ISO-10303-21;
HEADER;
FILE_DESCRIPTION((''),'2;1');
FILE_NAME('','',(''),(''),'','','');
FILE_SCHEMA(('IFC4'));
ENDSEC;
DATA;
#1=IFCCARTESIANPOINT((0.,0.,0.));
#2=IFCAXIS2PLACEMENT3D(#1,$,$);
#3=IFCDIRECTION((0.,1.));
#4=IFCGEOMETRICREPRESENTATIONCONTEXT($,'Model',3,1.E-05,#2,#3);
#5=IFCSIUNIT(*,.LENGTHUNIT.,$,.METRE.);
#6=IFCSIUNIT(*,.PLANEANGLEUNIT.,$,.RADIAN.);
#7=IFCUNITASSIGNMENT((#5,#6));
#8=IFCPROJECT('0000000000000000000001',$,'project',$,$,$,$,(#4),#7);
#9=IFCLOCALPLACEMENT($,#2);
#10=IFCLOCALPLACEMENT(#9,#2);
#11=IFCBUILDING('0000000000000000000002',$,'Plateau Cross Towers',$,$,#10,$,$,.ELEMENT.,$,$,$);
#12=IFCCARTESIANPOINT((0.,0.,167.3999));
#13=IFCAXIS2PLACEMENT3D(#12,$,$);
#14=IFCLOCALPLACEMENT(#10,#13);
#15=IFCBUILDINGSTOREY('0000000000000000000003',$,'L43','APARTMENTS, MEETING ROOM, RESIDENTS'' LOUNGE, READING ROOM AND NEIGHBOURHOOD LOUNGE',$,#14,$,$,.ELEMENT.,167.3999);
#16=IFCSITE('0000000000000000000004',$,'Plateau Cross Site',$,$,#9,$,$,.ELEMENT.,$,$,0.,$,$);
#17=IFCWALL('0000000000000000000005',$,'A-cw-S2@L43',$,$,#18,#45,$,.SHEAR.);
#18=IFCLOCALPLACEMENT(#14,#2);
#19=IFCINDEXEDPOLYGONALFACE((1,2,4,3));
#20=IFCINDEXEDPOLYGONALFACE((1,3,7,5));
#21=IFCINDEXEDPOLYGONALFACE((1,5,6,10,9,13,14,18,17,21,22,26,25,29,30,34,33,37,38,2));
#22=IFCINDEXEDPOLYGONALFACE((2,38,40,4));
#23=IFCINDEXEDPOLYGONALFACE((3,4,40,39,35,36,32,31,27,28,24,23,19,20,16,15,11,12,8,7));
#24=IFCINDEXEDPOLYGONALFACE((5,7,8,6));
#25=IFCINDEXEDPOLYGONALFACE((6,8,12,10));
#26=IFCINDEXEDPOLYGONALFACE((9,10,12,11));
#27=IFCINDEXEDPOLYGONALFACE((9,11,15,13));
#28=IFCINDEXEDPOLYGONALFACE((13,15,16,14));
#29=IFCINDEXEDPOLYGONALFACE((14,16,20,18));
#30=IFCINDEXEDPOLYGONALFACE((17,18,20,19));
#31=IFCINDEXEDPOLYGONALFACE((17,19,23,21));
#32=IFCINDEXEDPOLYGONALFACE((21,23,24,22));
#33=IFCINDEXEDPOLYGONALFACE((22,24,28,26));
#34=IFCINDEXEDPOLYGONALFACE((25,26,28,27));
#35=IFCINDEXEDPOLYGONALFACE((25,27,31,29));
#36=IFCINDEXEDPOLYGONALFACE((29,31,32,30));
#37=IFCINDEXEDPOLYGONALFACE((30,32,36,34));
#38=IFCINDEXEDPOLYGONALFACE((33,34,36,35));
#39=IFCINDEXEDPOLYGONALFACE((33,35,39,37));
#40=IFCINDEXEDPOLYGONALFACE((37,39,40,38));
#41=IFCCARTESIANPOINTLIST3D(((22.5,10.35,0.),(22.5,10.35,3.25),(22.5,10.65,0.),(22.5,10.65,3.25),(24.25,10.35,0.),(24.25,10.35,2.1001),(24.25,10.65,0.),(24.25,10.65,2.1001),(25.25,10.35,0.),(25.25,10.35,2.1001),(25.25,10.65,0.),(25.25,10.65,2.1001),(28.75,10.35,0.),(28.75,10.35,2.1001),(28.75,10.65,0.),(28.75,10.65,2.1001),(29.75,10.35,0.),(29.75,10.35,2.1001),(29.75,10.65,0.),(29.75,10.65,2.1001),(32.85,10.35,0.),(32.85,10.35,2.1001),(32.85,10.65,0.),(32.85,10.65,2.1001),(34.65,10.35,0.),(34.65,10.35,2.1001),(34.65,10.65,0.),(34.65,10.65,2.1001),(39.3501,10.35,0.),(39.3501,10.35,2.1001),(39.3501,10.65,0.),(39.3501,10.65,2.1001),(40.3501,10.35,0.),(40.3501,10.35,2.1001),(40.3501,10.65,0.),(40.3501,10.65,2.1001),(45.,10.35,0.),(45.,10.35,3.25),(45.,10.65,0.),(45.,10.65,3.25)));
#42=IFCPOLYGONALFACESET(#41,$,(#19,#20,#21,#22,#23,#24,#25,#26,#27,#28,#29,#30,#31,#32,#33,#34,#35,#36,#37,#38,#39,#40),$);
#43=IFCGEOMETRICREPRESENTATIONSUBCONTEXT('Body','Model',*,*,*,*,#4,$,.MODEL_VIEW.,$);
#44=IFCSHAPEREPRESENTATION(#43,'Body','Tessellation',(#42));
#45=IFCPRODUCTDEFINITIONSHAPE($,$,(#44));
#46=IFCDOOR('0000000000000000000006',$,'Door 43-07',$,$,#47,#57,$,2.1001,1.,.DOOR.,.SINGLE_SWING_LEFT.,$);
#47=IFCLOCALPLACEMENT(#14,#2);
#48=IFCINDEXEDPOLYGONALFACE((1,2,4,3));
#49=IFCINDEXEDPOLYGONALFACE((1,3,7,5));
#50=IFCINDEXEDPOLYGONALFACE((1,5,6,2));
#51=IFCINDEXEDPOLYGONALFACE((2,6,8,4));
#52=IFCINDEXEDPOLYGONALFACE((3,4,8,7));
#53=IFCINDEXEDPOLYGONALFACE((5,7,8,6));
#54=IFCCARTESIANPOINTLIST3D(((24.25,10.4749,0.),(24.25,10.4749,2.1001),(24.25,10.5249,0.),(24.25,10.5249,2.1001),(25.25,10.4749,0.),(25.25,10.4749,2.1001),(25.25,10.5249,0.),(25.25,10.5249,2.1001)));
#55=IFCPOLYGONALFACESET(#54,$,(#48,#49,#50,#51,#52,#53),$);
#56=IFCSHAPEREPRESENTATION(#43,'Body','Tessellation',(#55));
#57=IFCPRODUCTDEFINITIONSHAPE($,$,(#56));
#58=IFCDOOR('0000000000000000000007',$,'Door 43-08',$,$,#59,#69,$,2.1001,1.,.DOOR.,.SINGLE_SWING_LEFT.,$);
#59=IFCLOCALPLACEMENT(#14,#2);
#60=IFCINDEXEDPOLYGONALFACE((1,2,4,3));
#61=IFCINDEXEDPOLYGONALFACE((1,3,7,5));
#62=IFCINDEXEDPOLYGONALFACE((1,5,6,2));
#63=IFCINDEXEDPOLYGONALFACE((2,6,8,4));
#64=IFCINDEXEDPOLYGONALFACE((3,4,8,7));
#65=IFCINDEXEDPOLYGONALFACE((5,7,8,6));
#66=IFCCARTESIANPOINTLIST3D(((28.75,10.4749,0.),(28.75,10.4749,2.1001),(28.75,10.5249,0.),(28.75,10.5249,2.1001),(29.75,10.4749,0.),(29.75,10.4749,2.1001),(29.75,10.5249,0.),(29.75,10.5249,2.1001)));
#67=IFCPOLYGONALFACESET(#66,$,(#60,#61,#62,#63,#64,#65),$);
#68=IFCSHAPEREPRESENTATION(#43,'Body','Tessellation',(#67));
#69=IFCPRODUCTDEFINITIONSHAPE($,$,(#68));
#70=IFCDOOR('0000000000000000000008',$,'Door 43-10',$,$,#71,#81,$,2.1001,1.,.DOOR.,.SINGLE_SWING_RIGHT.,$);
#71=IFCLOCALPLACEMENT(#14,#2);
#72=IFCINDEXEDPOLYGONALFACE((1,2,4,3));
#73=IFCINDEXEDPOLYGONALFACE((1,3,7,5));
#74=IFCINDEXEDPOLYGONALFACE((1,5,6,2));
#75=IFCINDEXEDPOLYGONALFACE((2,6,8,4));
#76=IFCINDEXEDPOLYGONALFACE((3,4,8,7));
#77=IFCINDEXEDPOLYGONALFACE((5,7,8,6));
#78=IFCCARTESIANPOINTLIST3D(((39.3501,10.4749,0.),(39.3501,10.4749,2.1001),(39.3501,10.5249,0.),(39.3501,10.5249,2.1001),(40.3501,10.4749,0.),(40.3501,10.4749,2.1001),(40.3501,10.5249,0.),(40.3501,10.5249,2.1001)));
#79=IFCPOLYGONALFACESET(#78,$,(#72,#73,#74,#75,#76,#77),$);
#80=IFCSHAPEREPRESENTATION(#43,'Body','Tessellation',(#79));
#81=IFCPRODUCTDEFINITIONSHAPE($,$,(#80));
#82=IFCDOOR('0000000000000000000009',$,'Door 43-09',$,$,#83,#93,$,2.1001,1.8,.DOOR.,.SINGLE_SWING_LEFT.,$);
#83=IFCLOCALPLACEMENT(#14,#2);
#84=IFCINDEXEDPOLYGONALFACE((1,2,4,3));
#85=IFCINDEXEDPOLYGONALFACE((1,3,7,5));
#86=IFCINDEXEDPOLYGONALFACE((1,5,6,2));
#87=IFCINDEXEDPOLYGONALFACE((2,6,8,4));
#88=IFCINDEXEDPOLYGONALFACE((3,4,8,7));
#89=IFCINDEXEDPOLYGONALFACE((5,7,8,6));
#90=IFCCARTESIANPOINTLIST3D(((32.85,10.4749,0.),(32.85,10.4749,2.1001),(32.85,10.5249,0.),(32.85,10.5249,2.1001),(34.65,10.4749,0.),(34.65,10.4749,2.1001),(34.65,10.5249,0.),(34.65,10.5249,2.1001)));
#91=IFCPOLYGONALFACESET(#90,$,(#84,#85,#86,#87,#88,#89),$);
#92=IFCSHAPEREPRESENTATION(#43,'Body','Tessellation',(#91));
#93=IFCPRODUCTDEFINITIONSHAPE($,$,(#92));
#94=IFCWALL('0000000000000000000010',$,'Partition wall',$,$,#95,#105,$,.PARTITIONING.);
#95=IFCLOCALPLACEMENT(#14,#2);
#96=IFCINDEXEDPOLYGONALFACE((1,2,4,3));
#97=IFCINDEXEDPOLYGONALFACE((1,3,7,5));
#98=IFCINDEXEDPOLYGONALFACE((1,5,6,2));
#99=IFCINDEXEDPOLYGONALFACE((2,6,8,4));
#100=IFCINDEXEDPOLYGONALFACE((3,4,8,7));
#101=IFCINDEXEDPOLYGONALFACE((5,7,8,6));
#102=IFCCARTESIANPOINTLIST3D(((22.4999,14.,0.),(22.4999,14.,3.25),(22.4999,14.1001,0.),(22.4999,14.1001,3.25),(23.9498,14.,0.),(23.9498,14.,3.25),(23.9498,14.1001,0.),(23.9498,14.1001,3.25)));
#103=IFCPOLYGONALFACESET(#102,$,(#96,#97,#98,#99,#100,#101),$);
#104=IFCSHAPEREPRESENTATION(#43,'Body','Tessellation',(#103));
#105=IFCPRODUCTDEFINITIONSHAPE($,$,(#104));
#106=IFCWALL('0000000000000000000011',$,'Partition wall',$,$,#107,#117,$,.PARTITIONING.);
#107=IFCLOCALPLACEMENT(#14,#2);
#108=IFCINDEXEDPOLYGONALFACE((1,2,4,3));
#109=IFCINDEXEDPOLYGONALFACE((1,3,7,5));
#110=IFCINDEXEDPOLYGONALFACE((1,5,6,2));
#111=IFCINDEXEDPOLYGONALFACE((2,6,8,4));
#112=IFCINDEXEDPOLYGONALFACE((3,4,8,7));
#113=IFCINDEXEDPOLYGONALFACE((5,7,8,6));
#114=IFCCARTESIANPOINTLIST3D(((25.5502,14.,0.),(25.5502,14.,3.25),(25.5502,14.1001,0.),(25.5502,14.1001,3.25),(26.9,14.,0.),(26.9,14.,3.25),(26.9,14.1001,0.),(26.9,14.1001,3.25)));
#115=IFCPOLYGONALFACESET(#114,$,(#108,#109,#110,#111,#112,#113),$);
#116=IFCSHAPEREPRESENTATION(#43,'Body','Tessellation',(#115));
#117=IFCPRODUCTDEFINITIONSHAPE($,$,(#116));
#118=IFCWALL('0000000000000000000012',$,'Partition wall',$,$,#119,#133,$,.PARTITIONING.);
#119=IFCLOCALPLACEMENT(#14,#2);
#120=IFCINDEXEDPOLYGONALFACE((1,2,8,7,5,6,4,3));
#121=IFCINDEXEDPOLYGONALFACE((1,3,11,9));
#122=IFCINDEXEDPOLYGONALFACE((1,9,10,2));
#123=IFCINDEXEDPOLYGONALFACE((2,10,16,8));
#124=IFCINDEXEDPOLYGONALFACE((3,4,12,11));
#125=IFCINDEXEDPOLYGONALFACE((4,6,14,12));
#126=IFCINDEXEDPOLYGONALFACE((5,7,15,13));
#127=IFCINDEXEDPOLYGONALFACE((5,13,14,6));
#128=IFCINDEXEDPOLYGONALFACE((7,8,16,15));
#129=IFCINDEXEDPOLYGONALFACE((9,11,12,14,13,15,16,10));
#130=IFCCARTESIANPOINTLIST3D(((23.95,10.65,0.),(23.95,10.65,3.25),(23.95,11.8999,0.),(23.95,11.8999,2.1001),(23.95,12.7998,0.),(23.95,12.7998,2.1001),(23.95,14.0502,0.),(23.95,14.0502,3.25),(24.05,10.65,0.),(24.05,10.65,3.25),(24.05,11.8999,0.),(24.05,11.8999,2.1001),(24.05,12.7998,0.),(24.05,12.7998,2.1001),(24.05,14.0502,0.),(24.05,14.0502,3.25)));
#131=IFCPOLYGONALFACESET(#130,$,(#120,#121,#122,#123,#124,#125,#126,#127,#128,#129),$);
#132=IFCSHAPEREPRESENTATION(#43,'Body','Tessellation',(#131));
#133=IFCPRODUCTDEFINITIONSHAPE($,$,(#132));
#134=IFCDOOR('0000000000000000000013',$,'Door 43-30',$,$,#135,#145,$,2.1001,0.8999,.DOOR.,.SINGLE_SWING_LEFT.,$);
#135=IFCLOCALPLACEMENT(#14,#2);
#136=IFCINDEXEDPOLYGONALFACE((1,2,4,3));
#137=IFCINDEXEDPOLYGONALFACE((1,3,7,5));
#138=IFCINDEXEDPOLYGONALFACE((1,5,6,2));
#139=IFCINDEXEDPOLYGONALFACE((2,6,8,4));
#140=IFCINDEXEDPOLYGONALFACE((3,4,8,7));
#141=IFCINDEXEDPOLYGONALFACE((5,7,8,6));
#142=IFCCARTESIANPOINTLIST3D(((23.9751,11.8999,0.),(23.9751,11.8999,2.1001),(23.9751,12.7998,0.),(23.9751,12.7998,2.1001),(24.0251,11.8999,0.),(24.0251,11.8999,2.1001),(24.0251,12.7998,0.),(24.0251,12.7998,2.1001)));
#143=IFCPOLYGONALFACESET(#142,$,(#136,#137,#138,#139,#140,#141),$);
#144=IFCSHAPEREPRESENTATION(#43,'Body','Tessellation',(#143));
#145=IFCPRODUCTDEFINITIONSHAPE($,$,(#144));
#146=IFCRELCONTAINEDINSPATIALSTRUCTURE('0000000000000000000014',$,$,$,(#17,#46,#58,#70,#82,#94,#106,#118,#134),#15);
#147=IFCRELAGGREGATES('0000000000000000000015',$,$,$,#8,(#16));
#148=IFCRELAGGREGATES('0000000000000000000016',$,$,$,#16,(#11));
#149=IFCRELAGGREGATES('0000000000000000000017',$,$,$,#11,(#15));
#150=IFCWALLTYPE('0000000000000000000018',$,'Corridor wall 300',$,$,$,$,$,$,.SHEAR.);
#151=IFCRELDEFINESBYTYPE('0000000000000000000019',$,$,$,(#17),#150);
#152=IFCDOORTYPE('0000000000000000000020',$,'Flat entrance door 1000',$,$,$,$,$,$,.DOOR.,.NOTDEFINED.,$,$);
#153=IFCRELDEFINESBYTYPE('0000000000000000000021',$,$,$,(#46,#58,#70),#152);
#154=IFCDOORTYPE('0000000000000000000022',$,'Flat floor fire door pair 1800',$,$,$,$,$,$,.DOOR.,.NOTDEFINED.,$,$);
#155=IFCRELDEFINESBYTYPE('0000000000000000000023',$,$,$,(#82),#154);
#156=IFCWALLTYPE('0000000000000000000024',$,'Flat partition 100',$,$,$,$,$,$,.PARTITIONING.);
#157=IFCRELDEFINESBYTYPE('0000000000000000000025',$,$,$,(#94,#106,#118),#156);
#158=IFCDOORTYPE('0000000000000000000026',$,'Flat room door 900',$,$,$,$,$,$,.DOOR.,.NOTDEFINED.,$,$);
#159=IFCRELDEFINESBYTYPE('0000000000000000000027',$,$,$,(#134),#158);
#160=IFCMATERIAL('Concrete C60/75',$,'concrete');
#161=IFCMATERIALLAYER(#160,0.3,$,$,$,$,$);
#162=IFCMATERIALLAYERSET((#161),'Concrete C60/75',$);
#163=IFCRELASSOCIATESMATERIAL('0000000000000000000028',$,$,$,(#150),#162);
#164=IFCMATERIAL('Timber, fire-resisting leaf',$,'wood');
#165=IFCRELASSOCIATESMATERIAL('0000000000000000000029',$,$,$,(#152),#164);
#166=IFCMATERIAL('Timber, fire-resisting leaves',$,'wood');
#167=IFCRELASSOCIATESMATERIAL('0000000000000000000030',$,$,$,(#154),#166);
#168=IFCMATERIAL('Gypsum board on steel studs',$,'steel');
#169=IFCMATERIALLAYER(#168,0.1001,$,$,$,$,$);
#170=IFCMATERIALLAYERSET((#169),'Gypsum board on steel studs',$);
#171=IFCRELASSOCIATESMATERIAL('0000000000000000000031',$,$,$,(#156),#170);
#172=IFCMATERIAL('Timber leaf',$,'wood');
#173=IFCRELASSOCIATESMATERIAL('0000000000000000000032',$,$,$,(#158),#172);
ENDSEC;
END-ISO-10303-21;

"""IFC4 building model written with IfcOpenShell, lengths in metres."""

from ifc_helpers import new_model, si_unit, direction, frame, frame_2d, origin, place, context, subcontext, project, spatial, rectangle, extrude, material, layer, layer_set, type_object, element, fill, save


model = new_model("IFC4")

# Units and contexts
model_context = context("Model", 3, precision=1e-05, world=origin(), true_north=direction((0.0, 1.0)))
body_context = subcontext(model_context, "Body", "Model", "MODEL_VIEW")
ifc_project = project(units=[si_unit("LENGTHUNIT", "METRE"), si_unit("PLANEANGLEUNIT", "RADIAN")], contexts=[model_context])

# Site, building, storey
site_placement = place(None, origin())
site = spatial("IfcSite", under=ifc_project, at=site_placement, Name="Plateau Cross Site", CompositionType="ELEMENT", RefElevation=0.0)
building_placement = place(site_placement, origin())
building = spatial("IfcBuilding", under=site, at=building_placement, Name="Plateau Cross Towers", CompositionType="ELEMENT")
storey_placement = place(building_placement, frame((0.0, 0.0, 167.3999)))
storey = spatial("IfcBuildingStorey", under=building, at=storey_placement, Name="L43", Description="APARTMENTS, MEETING ROOM, RESIDENTS' LOUNGE, READING ROOM AND NEIGHBOURHOOD LOUNGE", CompositionType="ELEMENT", Elevation=167.3999)

# Shared definitions
ifc_material_1 = material(Name="Concrete C60/75", Category="concrete")

# Wall, openings, doors
ifc_layer_1 = layer(ifc_material_1, 0.3)
ifc_layer_set_1 = layer_set([ifc_layer_1], Name="Concrete C60/75")
wall_type_1 = type_object("IfcWallType", Name="Corridor wall 300", PredefinedType="SHEAR", material=ifc_layer_set_1)
ifc_material_2 = material(Name="Timber, fire-resisting leaf", Category="wood")
door_type_1 = type_object("IfcDoorType", Name="Flat entrance door 1000", OperationType="NOTDEFINED", PredefinedType="DOOR", material=ifc_material_2)
wall_1_placement = place(storey_placement, frame((22.5, 10.5, 0.0), z_axis=(0.0, 0.0, 1.0), x_axis=(1.0, 0.0, 0.0)))
wall_1 = element("IfcWall", 1, at=wall_1_placement, inside=storey, type_object=wall_type_1, Name="A-cw-S2@L43", PredefinedType="SHEAR", context=body_context, shape_type="SweptSolid", body=[
    extrude(rectangle(XDim=22.5, YDim=0.3, at=frame_2d((11.25, 0.0))), origin(), (0.0, 0.0, 1.0), 3.25),
])
opening_1_placement = place(wall_1_placement, frame((1.75, 0.0, 0.0)))
opening_1 = element("IfcOpeningElement", 2, at=opening_1_placement, cuts=wall_1, PredefinedType="OPENING", context=body_context, shape_type="SweptSolid", body=[
    extrude(rectangle(XDim=1.0, YDim=2.1001, at=frame_2d((0.5, 1.05))), frame((0.0, 0.1599, 0.0), z_axis=(0.0, -1.0, 0.0), x_axis=(1.0, 0.0, 0.0)), (0.0, 0.0, 1.0), 0.3201),
])
opening_2_placement = place(wall_1_placement, frame((6.25, 0.0, 0.0)))
opening_2 = element("IfcOpeningElement", 3, at=opening_2_placement, cuts=wall_1, PredefinedType="OPENING", context=body_context, shape_type="SweptSolid", body=[
    extrude(rectangle(XDim=1.0, YDim=2.1001, at=frame_2d((0.5, 1.05))), frame((0.0, 0.1599, 0.0), z_axis=(0.0, -1.0, 0.0), x_axis=(1.0, 0.0, 0.0)), (0.0, 0.0, 1.0), 0.3201),
])
opening_3_placement = place(wall_1_placement, frame((10.3501, 0.0, 0.0)))
opening_3 = element("IfcOpeningElement", 4, at=opening_3_placement, cuts=wall_1, PredefinedType="OPENING", context=body_context, shape_type="SweptSolid", body=[
    extrude(rectangle(XDim=1.8, YDim=2.1001, at=frame_2d((0.8999, 1.05))), frame((0.0, 0.1599, 0.0), z_axis=(0.0, -1.0, 0.0), x_axis=(1.0, 0.0, 0.0)), (0.0, 0.0, 1.0), 0.3201),
])
opening_4_placement = place(wall_1_placement, frame((16.8501, 0.0, 0.0)))
opening_4 = element("IfcOpeningElement", 5, at=opening_4_placement, cuts=wall_1, PredefinedType="OPENING", context=body_context, shape_type="SweptSolid", body=[
    extrude(rectangle(XDim=1.0, YDim=2.1001, at=frame_2d((0.5, 1.05))), frame((0.0, 0.1599, 0.0), z_axis=(0.0, -1.0, 0.0), x_axis=(1.0, 0.0, 0.0)), (0.0, 0.0, 1.0), 0.3201),
])
door_1_placement = place(opening_1_placement, origin())
door_1 = element("IfcDoor", 6, at=door_1_placement, inside=storey, type_object=door_type_1, Name="Door 43-07", OperationType="SINGLE_SWING_LEFT", OverallHeight=2.1001, OverallWidth=1.0, PredefinedType="DOOR", context=body_context, shape_type="SweptSolid", body=[
    extrude(rectangle(XDim=1.0, YDim=2.1001, at=frame_2d((0.5, 1.05))), frame((0.0, 0.0249, 0.0), z_axis=(0.0, -1.0, 0.0), x_axis=(1.0, 0.0, 0.0)), (0.0, 0.0, 1.0), 0.05),
])
fill(opening_1, door_1)
door_2_placement = place(opening_2_placement, origin())
door_2 = element("IfcDoor", 7, at=door_2_placement, inside=storey, type_object=door_type_1, Name="Door 43-08", OperationType="SINGLE_SWING_LEFT", OverallHeight=2.1001, OverallWidth=1.0, PredefinedType="DOOR", context=body_context, shape_type="SweptSolid", body=[
    extrude(rectangle(XDim=1.0, YDim=2.1001, at=frame_2d((0.5, 1.05))), frame((0.0, 0.0249, 0.0), z_axis=(0.0, -1.0, 0.0), x_axis=(1.0, 0.0, 0.0)), (0.0, 0.0, 1.0), 0.05),
])
fill(opening_2, door_2)
door_3_placement = place(opening_4_placement, origin())
door_3 = element("IfcDoor", 8, at=door_3_placement, inside=storey, type_object=door_type_1, Name="Door 43-10", OperationType="SINGLE_SWING_RIGHT", OverallHeight=2.1001, OverallWidth=1.0, PredefinedType="DOOR", context=body_context, shape_type="SweptSolid", body=[
    extrude(rectangle(XDim=1.0, YDim=2.1001, at=frame_2d((0.5, 1.05))), frame((0.0, 0.0249, 0.0), z_axis=(0.0, -1.0, 0.0), x_axis=(1.0, 0.0, 0.0)), (0.0, 0.0, 1.0), 0.05),
])
fill(opening_4, door_3)
ifc_material_3 = material(Name="Timber, fire-resisting leaves", Category="wood")
door_type_2 = type_object("IfcDoorType", Name="Flat floor fire door pair 1800", OperationType="NOTDEFINED", PredefinedType="DOOR", material=ifc_material_3)
door_4_placement = place(opening_3_placement, origin())
door_4 = element("IfcDoor", 9, at=door_4_placement, inside=storey, type_object=door_type_2, Name="Door 43-09", OperationType="SINGLE_SWING_LEFT", OverallHeight=2.1001, OverallWidth=1.8, PredefinedType="DOOR", context=body_context, shape_type="SweptSolid", body=[
    extrude(rectangle(XDim=1.8, YDim=2.1001, at=frame_2d((0.8999, 1.05))), frame((0.0, 0.0249, 0.0), z_axis=(0.0, -1.0, 0.0), x_axis=(1.0, 0.0, 0.0)), (0.0, 0.0, 1.0), 0.05),
])
fill(opening_3, door_4)

# Walls
ifc_material_4 = material(Name="Gypsum board on steel studs", Category="steel")
ifc_layer_2 = layer(ifc_material_4, 0.1001)
ifc_layer_set_2 = layer_set([ifc_layer_2], Name="Gypsum board on steel studs")
wall_type_2 = type_object("IfcWallType", Name="Flat partition 100", PredefinedType="PARTITIONING", material=ifc_layer_set_2)
wall_2_placement = place(storey_placement, frame((23.95, 14.05, 0.0), z_axis=(0.0, 0.0, 1.0), x_axis=(-1.0, 0.0, 0.0)))
element("IfcWall", 10, at=wall_2_placement, inside=storey, type_object=wall_type_2, Name="Partition wall", PredefinedType="PARTITIONING", context=body_context, shape_type="SweptSolid", body=[
    extrude(rectangle(XDim=1.45, YDim=0.1001, at=frame_2d((0.7251, 0.0))), origin(), (0.0, 0.0, 1.0), 3.25),
])
wall_3_placement = place(storey_placement, frame((26.8999, 14.05, 0.0), z_axis=(0.0, 0.0, 1.0), x_axis=(-1.0, 0.0, 0.0)))
element("IfcWall", 11, at=wall_3_placement, inside=storey, type_object=wall_type_2, Name="Partition wall", PredefinedType="PARTITIONING", context=body_context, shape_type="SweptSolid", body=[
    extrude(rectangle(XDim=1.3499, YDim=0.1001, at=frame_2d((0.6748, 0.0))), origin(), (0.0, 0.0, 1.0), 3.25),
])

# Wall, opening, door
wall_4_placement = place(storey_placement, frame((24.0, 10.6499, 0.0), z_axis=(0.0, 0.0, 1.0), x_axis=(0.0, 1.0, 0.0)))
wall_4 = element("IfcWall", 12, at=wall_4_placement, inside=storey, type_object=wall_type_2, Name="Partition wall", PredefinedType="PARTITIONING", context=body_context, shape_type="SweptSolid", body=[
    extrude(rectangle(XDim=3.4001, YDim=0.1001, at=frame_2d((1.7002, 0.0))), origin(), (0.0, 0.0, 1.0), 3.25),
])
opening_5_placement = place(wall_4_placement, frame((1.25, 0.0, 0.0)))
opening_5 = element("IfcOpeningElement", 13, at=opening_5_placement, cuts=wall_4, PredefinedType="OPENING", context=body_context, shape_type="SweptSolid", body=[
    extrude(rectangle(XDim=0.8999, YDim=2.1001, at=frame_2d((0.45, 1.05))), frame((0.0, 0.0601, 0.0), z_axis=(0.0, -1.0, 0.0), x_axis=(1.0, 0.0, 0.0)), (0.0, 0.0, 1.0), 0.1201),
])
ifc_material_5 = material(Name="Timber leaf", Category="wood")
door_type_3 = type_object("IfcDoorType", Name="Flat room door 900", OperationType="NOTDEFINED", PredefinedType="DOOR", material=ifc_material_5)
door_5_placement = place(opening_5_placement, origin())
door_5 = element("IfcDoor", 14, at=door_5_placement, inside=storey, type_object=door_type_3, Name="Door 43-30", OperationType="SINGLE_SWING_LEFT", OverallHeight=2.1001, OverallWidth=0.8999, PredefinedType="DOOR", context=body_context, shape_type="SweptSolid", body=[
    extrude(rectangle(XDim=0.8999, YDim=2.1001, at=frame_2d((0.45, 1.05))), frame((0.0, 0.0249, 0.0), z_axis=(0.0, -1.0, 0.0), x_axis=(1.0, 0.0, 0.0)), (0.0, 0.0, 1.0), 0.05),
])
fill(opening_5, door_5)

save(model, "model.ifc")
